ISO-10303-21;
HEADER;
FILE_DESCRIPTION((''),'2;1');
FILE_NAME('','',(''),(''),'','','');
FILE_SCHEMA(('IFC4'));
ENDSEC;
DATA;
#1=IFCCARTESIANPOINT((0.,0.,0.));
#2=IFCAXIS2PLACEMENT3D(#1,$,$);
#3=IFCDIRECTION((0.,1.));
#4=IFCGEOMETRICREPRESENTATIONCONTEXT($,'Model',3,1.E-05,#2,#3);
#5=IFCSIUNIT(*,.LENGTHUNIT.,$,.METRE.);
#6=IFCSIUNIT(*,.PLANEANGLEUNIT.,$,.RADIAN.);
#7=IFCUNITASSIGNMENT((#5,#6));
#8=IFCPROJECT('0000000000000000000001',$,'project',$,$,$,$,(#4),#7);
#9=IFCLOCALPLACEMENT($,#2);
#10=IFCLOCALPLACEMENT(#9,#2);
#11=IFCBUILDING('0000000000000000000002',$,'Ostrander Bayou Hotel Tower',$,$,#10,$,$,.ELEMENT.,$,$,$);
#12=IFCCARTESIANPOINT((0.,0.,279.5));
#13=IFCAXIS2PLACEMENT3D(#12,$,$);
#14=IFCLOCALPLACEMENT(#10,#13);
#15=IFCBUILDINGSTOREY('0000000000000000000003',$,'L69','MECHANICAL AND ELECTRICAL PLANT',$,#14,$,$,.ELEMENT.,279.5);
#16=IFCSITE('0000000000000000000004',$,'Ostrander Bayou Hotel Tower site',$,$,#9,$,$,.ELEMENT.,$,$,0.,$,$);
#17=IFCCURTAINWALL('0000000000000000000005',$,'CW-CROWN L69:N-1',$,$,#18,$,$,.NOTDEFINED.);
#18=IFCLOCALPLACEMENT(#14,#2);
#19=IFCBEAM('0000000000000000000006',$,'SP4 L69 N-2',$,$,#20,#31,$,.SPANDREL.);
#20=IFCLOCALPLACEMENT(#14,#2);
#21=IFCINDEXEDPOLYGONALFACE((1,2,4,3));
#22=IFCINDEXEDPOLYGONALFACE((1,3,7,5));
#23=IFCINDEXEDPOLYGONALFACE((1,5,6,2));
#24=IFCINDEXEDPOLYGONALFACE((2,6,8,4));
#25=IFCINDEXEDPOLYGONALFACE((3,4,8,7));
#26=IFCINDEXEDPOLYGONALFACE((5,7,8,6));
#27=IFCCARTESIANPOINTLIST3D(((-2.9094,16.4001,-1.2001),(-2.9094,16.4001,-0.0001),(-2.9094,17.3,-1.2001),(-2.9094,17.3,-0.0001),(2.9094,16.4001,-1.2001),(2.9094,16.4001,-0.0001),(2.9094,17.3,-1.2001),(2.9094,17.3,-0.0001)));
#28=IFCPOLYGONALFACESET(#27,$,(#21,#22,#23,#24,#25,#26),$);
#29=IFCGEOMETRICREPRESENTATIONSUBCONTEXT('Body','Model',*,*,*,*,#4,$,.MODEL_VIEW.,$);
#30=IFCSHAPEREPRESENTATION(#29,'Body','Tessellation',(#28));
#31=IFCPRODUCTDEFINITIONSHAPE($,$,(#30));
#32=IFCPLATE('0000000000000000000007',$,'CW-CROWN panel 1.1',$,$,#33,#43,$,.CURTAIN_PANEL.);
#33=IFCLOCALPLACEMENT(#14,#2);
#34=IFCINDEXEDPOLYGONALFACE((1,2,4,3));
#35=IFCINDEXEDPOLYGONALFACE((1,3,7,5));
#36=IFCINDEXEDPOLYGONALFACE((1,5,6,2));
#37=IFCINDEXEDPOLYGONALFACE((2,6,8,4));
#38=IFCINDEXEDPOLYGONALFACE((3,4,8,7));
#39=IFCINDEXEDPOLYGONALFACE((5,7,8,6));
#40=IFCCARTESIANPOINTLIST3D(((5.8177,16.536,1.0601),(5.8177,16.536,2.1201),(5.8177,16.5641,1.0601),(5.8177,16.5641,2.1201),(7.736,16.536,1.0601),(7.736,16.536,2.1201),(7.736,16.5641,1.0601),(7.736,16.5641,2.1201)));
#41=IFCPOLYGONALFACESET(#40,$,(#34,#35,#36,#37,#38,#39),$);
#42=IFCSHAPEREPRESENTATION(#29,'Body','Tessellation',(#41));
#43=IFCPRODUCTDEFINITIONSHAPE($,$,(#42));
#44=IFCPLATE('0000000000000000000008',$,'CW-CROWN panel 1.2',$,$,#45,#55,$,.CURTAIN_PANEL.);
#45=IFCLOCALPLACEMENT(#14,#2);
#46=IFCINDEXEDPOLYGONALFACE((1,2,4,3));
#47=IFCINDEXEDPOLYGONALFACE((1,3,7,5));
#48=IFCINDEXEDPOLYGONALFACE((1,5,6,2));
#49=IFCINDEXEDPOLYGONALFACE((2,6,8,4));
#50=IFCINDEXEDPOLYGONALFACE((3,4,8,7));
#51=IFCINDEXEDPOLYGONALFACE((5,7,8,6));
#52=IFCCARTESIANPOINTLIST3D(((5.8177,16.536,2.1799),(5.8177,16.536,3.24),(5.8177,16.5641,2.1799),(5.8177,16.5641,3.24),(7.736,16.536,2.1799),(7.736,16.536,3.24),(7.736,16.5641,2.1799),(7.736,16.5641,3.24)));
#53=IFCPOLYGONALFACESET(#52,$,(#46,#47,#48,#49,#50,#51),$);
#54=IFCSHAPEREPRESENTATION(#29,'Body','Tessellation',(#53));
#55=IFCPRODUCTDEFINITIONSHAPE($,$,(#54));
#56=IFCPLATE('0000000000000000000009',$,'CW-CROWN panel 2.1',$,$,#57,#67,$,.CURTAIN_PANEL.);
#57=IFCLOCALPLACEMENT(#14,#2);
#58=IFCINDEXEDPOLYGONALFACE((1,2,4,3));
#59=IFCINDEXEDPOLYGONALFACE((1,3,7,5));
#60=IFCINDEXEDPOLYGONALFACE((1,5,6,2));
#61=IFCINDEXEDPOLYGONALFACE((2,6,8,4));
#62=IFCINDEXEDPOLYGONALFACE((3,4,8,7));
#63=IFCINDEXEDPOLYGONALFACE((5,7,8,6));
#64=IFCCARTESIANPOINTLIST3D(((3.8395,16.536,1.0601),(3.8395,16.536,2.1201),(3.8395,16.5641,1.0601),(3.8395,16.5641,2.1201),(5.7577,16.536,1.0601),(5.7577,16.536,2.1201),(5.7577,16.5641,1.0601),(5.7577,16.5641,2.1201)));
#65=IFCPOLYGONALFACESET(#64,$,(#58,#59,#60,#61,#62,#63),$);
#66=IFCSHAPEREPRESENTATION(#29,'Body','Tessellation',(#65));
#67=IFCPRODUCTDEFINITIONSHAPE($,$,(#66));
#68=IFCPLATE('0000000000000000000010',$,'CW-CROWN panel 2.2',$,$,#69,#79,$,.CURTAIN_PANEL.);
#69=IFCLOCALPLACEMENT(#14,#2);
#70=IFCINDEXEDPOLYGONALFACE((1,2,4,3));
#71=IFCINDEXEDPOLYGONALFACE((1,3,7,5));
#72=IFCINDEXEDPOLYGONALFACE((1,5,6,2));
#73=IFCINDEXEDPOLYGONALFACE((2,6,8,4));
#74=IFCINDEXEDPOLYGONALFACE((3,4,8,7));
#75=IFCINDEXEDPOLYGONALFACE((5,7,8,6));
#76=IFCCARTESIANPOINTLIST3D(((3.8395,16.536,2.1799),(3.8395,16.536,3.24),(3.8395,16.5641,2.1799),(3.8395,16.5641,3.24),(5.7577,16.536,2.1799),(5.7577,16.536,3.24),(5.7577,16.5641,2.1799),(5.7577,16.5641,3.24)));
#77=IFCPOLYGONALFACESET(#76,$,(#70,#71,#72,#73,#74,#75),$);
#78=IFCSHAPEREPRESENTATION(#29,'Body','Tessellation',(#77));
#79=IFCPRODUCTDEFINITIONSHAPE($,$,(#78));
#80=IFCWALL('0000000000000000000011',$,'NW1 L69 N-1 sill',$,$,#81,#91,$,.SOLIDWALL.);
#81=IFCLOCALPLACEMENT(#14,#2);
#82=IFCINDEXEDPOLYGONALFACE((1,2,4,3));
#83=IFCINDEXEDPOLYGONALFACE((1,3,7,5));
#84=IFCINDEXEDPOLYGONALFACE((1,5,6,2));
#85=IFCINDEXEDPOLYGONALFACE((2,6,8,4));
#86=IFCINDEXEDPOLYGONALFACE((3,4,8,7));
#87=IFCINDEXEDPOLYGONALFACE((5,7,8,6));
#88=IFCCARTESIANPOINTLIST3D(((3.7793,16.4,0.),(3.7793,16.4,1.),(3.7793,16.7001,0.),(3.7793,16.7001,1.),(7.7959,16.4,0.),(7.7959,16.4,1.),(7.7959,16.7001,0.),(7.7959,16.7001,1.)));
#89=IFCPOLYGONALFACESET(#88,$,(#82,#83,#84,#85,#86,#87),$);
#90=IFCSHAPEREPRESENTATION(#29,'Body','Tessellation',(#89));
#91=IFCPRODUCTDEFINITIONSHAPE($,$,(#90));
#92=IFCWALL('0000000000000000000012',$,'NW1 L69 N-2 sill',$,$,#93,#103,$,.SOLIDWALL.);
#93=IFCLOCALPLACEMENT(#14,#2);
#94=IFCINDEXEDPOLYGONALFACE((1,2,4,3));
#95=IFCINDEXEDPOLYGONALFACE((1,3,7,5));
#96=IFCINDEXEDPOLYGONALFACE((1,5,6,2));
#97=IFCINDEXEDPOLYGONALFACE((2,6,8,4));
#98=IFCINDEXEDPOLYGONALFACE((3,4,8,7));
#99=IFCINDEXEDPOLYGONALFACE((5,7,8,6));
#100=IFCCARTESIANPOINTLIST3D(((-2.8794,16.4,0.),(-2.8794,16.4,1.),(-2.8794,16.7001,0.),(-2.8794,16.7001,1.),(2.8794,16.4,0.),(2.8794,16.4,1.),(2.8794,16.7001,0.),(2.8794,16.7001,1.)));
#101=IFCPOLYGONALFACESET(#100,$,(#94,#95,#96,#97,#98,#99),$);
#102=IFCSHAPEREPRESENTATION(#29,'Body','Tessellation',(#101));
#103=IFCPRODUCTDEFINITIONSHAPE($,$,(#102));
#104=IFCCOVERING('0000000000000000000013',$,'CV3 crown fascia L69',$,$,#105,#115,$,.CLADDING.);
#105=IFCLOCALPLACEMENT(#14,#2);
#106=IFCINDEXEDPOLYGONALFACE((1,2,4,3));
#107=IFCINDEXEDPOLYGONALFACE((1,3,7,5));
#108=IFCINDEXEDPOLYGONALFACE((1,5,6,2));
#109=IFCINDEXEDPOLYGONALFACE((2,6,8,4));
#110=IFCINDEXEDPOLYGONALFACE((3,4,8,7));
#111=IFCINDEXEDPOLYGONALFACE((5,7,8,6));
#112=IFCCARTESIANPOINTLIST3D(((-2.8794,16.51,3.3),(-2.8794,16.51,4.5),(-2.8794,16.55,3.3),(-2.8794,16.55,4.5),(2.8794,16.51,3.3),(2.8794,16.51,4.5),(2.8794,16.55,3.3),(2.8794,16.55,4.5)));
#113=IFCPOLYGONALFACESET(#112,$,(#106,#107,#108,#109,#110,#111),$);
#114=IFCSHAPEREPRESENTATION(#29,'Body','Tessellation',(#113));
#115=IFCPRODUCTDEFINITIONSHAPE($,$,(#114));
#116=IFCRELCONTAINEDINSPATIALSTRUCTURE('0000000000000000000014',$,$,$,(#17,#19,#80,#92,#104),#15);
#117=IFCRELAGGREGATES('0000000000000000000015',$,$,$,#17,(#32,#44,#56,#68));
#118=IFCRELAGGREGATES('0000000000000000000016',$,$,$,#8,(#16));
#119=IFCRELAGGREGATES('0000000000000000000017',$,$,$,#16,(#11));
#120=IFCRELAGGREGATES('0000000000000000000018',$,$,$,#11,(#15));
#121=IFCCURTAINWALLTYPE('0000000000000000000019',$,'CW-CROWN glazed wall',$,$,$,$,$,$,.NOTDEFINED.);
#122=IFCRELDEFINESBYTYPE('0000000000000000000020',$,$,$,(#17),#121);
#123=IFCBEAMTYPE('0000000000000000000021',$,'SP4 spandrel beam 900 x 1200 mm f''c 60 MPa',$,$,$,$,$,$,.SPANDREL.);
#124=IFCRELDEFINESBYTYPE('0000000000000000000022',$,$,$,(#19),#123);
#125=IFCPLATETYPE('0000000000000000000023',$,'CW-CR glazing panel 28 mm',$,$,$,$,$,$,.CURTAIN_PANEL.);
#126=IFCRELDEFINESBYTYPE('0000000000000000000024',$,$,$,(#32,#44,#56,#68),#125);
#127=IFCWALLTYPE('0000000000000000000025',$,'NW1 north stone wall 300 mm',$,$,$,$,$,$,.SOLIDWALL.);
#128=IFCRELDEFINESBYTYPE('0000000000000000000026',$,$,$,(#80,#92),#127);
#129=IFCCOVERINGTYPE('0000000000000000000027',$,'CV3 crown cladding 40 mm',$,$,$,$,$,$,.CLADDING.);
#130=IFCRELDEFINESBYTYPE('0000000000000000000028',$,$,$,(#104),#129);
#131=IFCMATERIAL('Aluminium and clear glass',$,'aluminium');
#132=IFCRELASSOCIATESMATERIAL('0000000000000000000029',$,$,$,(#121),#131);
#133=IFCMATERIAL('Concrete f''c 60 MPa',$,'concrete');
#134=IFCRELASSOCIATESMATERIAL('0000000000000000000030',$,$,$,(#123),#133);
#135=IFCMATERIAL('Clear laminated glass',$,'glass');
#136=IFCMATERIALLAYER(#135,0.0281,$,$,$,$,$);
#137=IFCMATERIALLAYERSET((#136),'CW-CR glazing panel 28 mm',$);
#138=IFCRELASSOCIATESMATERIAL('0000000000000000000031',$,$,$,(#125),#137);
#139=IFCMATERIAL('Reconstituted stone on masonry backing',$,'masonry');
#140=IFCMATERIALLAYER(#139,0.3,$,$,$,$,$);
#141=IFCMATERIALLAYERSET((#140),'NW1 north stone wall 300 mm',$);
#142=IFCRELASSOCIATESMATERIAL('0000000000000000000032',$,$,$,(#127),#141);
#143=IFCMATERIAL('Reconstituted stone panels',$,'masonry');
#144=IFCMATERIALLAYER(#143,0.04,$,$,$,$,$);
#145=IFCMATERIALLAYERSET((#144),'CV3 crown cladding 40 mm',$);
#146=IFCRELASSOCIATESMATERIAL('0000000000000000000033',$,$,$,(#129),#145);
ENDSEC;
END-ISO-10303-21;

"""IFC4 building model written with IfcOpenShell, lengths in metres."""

from ifc_helpers import new_model, si_unit, direction, frame, frame_2d, origin, origin_2d, place, context, subcontext, project, spatial, polyline, rectangle, outline, extrude, material, layer, layer_set, material_profile, profile_set, type_object, element, aggregate, save


model = new_model("IFC4")

# Units and contexts
model_context = context("Model", 3, precision=1e-05, world=origin(), true_north=direction((0.0, 1.0)))
body_context = subcontext(model_context, "Body", "Model", "MODEL_VIEW")
ifc_project = project(units=[si_unit("LENGTHUNIT", "METRE"), si_unit("PLANEANGLEUNIT", "RADIAN")], contexts=[model_context])

# Site, building, storey
site_placement = place(None, origin())
site = spatial("IfcSite", under=ifc_project, at=site_placement, Name="Ostrander Bayou Hotel Tower site", CompositionType="ELEMENT", RefElevation=0.0)
building_placement = place(site_placement, origin())
building = spatial("IfcBuilding", under=site, at=building_placement, Name="Ostrander Bayou Hotel Tower", CompositionType="ELEMENT")
storey_placement = place(building_placement, frame((0.0, 0.0, 279.5)))
storey = spatial("IfcBuildingStorey", under=building, at=storey_placement, Name="L69", Description="MECHANICAL AND ELECTRICAL PLANT", CompositionType="ELEMENT", Elevation=279.5)

# Curtain wall
ifc_material_1 = material(Name="Aluminium and clear glass", Category="aluminium")
curtain_wall_type = type_object("IfcCurtainWallType", Name="CW-CROWN glazed wall", PredefinedType="NOTDEFINED", material=ifc_material_1)
curtain_wall_1_placement = place(storey_placement, origin())
curtain_wall_1 = element("IfcCurtainWall", 1, at=curtain_wall_1_placement, inside=storey, type_object=curtain_wall_type, Name="CW-CROWN L69:N-1", PredefinedType="NOTDEFINED")

# Beam
ifc_material_2 = material(Name="Concrete f'c 60 MPa", Category="concrete")
ifc_material_profile_1 = material_profile(ifc_material_2, rectangle(XDim=0.8999, YDim=1.2, at=origin_2d()))
ifc_profile_set_1 = profile_set([ifc_material_profile_1], Name="Concrete f'c 60 MPa")
beam_type = type_object("IfcBeamType", Name="SP4 spandrel beam 900 x 1200 mm f'c 60 MPa", PredefinedType="SPANDREL", material=ifc_profile_set_1)
beam_placement = place(storey_placement, frame((2.9094, 16.8501, -0.6001), z_axis=(-1.0, 0.0, 0.0), x_axis=(0.0, -1.0, 0.0)))
element("IfcBeam", 2, at=beam_placement, inside=storey, type_object=beam_type, Name="SP4 L69 N-2", PredefinedType="SPANDREL", context=body_context, shape_type="SweptSolid", body=[
    extrude(rectangle(XDim=0.8999, YDim=1.2, at=origin_2d()), origin(), (0.0, 0.0, 1.0), 5.8188),
])

# Plates
ifc_material_3 = material(Name="Clear laminated glass", Category="glass")
ifc_layer_1 = layer(ifc_material_3, 0.0281)
ifc_layer_set_1 = layer_set([ifc_layer_1], Name="CW-CR glazing panel 28 mm")
plate_type = type_object("IfcPlateType", Name="CW-CR glazing panel 28 mm", PredefinedType="CURTAIN_PANEL", material=ifc_layer_set_1)
plate_1_placement = place(storey_placement, frame((6.7769, 16.55, 1.0601), z_axis=(0.0, 0.0, 1.0), x_axis=(-1.0, 0.0, 0.0)))
plate_1 = element("IfcPlate", 3, at=plate_1_placement, type_object=plate_type, Name="CW-CROWN panel 1.1", PredefinedType="CURTAIN_PANEL", context=body_context, shape_type="SweptSolid", body=[
    extrude(rectangle(XDim=1.9182, YDim=0.0281, at=origin_2d()), origin(), (0.0, 0.0, 1.0), 1.0601),
])
plate_2_placement = place(storey_placement, frame((6.7769, 16.55, 2.1799), z_axis=(0.0, 0.0, 1.0), x_axis=(-1.0, 0.0, 0.0)))
plate_2 = element("IfcPlate", 4, at=plate_2_placement, type_object=plate_type, Name="CW-CROWN panel 1.2", PredefinedType="CURTAIN_PANEL", context=body_context, shape_type="SweptSolid", body=[
    extrude(rectangle(XDim=1.9182, YDim=0.0281, at=origin_2d()), origin(), (0.0, 0.0, 1.0), 1.0601),
])
plate_3_placement = place(storey_placement, frame((4.7986, 16.55, 1.0601), z_axis=(0.0, 0.0, 1.0), x_axis=(-1.0, 0.0, 0.0)))
plate_3 = element("IfcPlate", 5, at=plate_3_placement, type_object=plate_type, Name="CW-CROWN panel 2.1", PredefinedType="CURTAIN_PANEL", context=body_context, shape_type="SweptSolid", body=[
    extrude(rectangle(XDim=1.9182, YDim=0.0281, at=origin_2d()), origin(), (0.0, 0.0, 1.0), 1.0601),
])
plate_4_placement = place(storey_placement, frame((4.7986, 16.55, 2.1799), z_axis=(0.0, 0.0, 1.0), x_axis=(-1.0, 0.0, 0.0)))
plate_4 = element("IfcPlate", 6, at=plate_4_placement, type_object=plate_type, Name="CW-CROWN panel 2.2", PredefinedType="CURTAIN_PANEL", context=body_context, shape_type="SweptSolid", body=[
    extrude(rectangle(XDim=1.9182, YDim=0.0281, at=origin_2d()), origin(), (0.0, 0.0, 1.0), 1.0601),
])
aggregate(curtain_wall_1, [plate_1, plate_2, plate_3, plate_4])

# Walls
ifc_material_4 = material(Name="Reconstituted stone on masonry backing", Category="masonry")
ifc_layer_2 = layer(ifc_material_4, 0.3)
ifc_layer_set_2 = layer_set([ifc_layer_2], Name="NW1 north stone wall 300 mm")
wall_type = type_object("IfcWallType", Name="NW1 north stone wall 300 mm", PredefinedType="SOLIDWALL", material=ifc_layer_set_2)
wall_1_placement = place(storey_placement, frame((7.7959, 16.55, 0.0), z_axis=(0.0, 0.0, 1.0), x_axis=(-1.0, 0.0, 0.0)))
element("IfcWall", 7, at=wall_1_placement, inside=storey, type_object=wall_type, Name="NW1 L69 N-1 sill", PredefinedType="SOLIDWALL", context=body_context, shape_type="SweptSolid", body=[
    extrude(rectangle(XDim=4.0166, YDim=0.3, at=frame_2d((2.0083, 0.0))), origin(), (0.0, 0.0, 1.0), 1.0),
])
wall_2_placement = place(storey_placement, frame((2.8794, 16.55, 0.0), z_axis=(0.0, 0.0, 1.0), x_axis=(-1.0, 0.0, 0.0)))
element("IfcWall", 8, at=wall_2_placement, inside=storey, type_object=wall_type, Name="NW1 L69 N-2 sill", PredefinedType="SOLIDWALL", context=body_context, shape_type="SweptSolid", body=[
    extrude(rectangle(XDim=5.7588, YDim=0.3, at=frame_2d((2.8794, 0.0))), origin(), (0.0, 0.0, 1.0), 1.0),
])

# Covering
ifc_material_5 = material(Name="Reconstituted stone panels", Category="masonry")
ifc_layer_3 = layer(ifc_material_5, 0.04)
ifc_layer_set_3 = layer_set([ifc_layer_3], Name="CV3 crown cladding 40 mm")
covering_type = type_object("IfcCoveringType", Name="CV3 crown cladding 40 mm", PredefinedType="CLADDING", material=ifc_layer_set_3)
covering_placement = place(storey_placement, frame((2.8794, 16.55, 3.3), z_axis=(0.0, 1.0, 0.0), x_axis=(-1.0, 0.0, 0.0)))
element("IfcCovering", 9, at=covering_placement, inside=storey, type_object=covering_type, Name="CV3 crown fascia L69", PredefinedType="CLADDING", context=body_context, shape_type="SweptSolid", body=[
    extrude(outline(polyline([(0.0, 0.0), (5.7588, 0.0), (5.7588, 1.2), (0.0, 1.2), (0.0, 0.0)])), origin(), (0.0, 0.0, -1.0), 0.04),
])

save(model, "model.ifc")
